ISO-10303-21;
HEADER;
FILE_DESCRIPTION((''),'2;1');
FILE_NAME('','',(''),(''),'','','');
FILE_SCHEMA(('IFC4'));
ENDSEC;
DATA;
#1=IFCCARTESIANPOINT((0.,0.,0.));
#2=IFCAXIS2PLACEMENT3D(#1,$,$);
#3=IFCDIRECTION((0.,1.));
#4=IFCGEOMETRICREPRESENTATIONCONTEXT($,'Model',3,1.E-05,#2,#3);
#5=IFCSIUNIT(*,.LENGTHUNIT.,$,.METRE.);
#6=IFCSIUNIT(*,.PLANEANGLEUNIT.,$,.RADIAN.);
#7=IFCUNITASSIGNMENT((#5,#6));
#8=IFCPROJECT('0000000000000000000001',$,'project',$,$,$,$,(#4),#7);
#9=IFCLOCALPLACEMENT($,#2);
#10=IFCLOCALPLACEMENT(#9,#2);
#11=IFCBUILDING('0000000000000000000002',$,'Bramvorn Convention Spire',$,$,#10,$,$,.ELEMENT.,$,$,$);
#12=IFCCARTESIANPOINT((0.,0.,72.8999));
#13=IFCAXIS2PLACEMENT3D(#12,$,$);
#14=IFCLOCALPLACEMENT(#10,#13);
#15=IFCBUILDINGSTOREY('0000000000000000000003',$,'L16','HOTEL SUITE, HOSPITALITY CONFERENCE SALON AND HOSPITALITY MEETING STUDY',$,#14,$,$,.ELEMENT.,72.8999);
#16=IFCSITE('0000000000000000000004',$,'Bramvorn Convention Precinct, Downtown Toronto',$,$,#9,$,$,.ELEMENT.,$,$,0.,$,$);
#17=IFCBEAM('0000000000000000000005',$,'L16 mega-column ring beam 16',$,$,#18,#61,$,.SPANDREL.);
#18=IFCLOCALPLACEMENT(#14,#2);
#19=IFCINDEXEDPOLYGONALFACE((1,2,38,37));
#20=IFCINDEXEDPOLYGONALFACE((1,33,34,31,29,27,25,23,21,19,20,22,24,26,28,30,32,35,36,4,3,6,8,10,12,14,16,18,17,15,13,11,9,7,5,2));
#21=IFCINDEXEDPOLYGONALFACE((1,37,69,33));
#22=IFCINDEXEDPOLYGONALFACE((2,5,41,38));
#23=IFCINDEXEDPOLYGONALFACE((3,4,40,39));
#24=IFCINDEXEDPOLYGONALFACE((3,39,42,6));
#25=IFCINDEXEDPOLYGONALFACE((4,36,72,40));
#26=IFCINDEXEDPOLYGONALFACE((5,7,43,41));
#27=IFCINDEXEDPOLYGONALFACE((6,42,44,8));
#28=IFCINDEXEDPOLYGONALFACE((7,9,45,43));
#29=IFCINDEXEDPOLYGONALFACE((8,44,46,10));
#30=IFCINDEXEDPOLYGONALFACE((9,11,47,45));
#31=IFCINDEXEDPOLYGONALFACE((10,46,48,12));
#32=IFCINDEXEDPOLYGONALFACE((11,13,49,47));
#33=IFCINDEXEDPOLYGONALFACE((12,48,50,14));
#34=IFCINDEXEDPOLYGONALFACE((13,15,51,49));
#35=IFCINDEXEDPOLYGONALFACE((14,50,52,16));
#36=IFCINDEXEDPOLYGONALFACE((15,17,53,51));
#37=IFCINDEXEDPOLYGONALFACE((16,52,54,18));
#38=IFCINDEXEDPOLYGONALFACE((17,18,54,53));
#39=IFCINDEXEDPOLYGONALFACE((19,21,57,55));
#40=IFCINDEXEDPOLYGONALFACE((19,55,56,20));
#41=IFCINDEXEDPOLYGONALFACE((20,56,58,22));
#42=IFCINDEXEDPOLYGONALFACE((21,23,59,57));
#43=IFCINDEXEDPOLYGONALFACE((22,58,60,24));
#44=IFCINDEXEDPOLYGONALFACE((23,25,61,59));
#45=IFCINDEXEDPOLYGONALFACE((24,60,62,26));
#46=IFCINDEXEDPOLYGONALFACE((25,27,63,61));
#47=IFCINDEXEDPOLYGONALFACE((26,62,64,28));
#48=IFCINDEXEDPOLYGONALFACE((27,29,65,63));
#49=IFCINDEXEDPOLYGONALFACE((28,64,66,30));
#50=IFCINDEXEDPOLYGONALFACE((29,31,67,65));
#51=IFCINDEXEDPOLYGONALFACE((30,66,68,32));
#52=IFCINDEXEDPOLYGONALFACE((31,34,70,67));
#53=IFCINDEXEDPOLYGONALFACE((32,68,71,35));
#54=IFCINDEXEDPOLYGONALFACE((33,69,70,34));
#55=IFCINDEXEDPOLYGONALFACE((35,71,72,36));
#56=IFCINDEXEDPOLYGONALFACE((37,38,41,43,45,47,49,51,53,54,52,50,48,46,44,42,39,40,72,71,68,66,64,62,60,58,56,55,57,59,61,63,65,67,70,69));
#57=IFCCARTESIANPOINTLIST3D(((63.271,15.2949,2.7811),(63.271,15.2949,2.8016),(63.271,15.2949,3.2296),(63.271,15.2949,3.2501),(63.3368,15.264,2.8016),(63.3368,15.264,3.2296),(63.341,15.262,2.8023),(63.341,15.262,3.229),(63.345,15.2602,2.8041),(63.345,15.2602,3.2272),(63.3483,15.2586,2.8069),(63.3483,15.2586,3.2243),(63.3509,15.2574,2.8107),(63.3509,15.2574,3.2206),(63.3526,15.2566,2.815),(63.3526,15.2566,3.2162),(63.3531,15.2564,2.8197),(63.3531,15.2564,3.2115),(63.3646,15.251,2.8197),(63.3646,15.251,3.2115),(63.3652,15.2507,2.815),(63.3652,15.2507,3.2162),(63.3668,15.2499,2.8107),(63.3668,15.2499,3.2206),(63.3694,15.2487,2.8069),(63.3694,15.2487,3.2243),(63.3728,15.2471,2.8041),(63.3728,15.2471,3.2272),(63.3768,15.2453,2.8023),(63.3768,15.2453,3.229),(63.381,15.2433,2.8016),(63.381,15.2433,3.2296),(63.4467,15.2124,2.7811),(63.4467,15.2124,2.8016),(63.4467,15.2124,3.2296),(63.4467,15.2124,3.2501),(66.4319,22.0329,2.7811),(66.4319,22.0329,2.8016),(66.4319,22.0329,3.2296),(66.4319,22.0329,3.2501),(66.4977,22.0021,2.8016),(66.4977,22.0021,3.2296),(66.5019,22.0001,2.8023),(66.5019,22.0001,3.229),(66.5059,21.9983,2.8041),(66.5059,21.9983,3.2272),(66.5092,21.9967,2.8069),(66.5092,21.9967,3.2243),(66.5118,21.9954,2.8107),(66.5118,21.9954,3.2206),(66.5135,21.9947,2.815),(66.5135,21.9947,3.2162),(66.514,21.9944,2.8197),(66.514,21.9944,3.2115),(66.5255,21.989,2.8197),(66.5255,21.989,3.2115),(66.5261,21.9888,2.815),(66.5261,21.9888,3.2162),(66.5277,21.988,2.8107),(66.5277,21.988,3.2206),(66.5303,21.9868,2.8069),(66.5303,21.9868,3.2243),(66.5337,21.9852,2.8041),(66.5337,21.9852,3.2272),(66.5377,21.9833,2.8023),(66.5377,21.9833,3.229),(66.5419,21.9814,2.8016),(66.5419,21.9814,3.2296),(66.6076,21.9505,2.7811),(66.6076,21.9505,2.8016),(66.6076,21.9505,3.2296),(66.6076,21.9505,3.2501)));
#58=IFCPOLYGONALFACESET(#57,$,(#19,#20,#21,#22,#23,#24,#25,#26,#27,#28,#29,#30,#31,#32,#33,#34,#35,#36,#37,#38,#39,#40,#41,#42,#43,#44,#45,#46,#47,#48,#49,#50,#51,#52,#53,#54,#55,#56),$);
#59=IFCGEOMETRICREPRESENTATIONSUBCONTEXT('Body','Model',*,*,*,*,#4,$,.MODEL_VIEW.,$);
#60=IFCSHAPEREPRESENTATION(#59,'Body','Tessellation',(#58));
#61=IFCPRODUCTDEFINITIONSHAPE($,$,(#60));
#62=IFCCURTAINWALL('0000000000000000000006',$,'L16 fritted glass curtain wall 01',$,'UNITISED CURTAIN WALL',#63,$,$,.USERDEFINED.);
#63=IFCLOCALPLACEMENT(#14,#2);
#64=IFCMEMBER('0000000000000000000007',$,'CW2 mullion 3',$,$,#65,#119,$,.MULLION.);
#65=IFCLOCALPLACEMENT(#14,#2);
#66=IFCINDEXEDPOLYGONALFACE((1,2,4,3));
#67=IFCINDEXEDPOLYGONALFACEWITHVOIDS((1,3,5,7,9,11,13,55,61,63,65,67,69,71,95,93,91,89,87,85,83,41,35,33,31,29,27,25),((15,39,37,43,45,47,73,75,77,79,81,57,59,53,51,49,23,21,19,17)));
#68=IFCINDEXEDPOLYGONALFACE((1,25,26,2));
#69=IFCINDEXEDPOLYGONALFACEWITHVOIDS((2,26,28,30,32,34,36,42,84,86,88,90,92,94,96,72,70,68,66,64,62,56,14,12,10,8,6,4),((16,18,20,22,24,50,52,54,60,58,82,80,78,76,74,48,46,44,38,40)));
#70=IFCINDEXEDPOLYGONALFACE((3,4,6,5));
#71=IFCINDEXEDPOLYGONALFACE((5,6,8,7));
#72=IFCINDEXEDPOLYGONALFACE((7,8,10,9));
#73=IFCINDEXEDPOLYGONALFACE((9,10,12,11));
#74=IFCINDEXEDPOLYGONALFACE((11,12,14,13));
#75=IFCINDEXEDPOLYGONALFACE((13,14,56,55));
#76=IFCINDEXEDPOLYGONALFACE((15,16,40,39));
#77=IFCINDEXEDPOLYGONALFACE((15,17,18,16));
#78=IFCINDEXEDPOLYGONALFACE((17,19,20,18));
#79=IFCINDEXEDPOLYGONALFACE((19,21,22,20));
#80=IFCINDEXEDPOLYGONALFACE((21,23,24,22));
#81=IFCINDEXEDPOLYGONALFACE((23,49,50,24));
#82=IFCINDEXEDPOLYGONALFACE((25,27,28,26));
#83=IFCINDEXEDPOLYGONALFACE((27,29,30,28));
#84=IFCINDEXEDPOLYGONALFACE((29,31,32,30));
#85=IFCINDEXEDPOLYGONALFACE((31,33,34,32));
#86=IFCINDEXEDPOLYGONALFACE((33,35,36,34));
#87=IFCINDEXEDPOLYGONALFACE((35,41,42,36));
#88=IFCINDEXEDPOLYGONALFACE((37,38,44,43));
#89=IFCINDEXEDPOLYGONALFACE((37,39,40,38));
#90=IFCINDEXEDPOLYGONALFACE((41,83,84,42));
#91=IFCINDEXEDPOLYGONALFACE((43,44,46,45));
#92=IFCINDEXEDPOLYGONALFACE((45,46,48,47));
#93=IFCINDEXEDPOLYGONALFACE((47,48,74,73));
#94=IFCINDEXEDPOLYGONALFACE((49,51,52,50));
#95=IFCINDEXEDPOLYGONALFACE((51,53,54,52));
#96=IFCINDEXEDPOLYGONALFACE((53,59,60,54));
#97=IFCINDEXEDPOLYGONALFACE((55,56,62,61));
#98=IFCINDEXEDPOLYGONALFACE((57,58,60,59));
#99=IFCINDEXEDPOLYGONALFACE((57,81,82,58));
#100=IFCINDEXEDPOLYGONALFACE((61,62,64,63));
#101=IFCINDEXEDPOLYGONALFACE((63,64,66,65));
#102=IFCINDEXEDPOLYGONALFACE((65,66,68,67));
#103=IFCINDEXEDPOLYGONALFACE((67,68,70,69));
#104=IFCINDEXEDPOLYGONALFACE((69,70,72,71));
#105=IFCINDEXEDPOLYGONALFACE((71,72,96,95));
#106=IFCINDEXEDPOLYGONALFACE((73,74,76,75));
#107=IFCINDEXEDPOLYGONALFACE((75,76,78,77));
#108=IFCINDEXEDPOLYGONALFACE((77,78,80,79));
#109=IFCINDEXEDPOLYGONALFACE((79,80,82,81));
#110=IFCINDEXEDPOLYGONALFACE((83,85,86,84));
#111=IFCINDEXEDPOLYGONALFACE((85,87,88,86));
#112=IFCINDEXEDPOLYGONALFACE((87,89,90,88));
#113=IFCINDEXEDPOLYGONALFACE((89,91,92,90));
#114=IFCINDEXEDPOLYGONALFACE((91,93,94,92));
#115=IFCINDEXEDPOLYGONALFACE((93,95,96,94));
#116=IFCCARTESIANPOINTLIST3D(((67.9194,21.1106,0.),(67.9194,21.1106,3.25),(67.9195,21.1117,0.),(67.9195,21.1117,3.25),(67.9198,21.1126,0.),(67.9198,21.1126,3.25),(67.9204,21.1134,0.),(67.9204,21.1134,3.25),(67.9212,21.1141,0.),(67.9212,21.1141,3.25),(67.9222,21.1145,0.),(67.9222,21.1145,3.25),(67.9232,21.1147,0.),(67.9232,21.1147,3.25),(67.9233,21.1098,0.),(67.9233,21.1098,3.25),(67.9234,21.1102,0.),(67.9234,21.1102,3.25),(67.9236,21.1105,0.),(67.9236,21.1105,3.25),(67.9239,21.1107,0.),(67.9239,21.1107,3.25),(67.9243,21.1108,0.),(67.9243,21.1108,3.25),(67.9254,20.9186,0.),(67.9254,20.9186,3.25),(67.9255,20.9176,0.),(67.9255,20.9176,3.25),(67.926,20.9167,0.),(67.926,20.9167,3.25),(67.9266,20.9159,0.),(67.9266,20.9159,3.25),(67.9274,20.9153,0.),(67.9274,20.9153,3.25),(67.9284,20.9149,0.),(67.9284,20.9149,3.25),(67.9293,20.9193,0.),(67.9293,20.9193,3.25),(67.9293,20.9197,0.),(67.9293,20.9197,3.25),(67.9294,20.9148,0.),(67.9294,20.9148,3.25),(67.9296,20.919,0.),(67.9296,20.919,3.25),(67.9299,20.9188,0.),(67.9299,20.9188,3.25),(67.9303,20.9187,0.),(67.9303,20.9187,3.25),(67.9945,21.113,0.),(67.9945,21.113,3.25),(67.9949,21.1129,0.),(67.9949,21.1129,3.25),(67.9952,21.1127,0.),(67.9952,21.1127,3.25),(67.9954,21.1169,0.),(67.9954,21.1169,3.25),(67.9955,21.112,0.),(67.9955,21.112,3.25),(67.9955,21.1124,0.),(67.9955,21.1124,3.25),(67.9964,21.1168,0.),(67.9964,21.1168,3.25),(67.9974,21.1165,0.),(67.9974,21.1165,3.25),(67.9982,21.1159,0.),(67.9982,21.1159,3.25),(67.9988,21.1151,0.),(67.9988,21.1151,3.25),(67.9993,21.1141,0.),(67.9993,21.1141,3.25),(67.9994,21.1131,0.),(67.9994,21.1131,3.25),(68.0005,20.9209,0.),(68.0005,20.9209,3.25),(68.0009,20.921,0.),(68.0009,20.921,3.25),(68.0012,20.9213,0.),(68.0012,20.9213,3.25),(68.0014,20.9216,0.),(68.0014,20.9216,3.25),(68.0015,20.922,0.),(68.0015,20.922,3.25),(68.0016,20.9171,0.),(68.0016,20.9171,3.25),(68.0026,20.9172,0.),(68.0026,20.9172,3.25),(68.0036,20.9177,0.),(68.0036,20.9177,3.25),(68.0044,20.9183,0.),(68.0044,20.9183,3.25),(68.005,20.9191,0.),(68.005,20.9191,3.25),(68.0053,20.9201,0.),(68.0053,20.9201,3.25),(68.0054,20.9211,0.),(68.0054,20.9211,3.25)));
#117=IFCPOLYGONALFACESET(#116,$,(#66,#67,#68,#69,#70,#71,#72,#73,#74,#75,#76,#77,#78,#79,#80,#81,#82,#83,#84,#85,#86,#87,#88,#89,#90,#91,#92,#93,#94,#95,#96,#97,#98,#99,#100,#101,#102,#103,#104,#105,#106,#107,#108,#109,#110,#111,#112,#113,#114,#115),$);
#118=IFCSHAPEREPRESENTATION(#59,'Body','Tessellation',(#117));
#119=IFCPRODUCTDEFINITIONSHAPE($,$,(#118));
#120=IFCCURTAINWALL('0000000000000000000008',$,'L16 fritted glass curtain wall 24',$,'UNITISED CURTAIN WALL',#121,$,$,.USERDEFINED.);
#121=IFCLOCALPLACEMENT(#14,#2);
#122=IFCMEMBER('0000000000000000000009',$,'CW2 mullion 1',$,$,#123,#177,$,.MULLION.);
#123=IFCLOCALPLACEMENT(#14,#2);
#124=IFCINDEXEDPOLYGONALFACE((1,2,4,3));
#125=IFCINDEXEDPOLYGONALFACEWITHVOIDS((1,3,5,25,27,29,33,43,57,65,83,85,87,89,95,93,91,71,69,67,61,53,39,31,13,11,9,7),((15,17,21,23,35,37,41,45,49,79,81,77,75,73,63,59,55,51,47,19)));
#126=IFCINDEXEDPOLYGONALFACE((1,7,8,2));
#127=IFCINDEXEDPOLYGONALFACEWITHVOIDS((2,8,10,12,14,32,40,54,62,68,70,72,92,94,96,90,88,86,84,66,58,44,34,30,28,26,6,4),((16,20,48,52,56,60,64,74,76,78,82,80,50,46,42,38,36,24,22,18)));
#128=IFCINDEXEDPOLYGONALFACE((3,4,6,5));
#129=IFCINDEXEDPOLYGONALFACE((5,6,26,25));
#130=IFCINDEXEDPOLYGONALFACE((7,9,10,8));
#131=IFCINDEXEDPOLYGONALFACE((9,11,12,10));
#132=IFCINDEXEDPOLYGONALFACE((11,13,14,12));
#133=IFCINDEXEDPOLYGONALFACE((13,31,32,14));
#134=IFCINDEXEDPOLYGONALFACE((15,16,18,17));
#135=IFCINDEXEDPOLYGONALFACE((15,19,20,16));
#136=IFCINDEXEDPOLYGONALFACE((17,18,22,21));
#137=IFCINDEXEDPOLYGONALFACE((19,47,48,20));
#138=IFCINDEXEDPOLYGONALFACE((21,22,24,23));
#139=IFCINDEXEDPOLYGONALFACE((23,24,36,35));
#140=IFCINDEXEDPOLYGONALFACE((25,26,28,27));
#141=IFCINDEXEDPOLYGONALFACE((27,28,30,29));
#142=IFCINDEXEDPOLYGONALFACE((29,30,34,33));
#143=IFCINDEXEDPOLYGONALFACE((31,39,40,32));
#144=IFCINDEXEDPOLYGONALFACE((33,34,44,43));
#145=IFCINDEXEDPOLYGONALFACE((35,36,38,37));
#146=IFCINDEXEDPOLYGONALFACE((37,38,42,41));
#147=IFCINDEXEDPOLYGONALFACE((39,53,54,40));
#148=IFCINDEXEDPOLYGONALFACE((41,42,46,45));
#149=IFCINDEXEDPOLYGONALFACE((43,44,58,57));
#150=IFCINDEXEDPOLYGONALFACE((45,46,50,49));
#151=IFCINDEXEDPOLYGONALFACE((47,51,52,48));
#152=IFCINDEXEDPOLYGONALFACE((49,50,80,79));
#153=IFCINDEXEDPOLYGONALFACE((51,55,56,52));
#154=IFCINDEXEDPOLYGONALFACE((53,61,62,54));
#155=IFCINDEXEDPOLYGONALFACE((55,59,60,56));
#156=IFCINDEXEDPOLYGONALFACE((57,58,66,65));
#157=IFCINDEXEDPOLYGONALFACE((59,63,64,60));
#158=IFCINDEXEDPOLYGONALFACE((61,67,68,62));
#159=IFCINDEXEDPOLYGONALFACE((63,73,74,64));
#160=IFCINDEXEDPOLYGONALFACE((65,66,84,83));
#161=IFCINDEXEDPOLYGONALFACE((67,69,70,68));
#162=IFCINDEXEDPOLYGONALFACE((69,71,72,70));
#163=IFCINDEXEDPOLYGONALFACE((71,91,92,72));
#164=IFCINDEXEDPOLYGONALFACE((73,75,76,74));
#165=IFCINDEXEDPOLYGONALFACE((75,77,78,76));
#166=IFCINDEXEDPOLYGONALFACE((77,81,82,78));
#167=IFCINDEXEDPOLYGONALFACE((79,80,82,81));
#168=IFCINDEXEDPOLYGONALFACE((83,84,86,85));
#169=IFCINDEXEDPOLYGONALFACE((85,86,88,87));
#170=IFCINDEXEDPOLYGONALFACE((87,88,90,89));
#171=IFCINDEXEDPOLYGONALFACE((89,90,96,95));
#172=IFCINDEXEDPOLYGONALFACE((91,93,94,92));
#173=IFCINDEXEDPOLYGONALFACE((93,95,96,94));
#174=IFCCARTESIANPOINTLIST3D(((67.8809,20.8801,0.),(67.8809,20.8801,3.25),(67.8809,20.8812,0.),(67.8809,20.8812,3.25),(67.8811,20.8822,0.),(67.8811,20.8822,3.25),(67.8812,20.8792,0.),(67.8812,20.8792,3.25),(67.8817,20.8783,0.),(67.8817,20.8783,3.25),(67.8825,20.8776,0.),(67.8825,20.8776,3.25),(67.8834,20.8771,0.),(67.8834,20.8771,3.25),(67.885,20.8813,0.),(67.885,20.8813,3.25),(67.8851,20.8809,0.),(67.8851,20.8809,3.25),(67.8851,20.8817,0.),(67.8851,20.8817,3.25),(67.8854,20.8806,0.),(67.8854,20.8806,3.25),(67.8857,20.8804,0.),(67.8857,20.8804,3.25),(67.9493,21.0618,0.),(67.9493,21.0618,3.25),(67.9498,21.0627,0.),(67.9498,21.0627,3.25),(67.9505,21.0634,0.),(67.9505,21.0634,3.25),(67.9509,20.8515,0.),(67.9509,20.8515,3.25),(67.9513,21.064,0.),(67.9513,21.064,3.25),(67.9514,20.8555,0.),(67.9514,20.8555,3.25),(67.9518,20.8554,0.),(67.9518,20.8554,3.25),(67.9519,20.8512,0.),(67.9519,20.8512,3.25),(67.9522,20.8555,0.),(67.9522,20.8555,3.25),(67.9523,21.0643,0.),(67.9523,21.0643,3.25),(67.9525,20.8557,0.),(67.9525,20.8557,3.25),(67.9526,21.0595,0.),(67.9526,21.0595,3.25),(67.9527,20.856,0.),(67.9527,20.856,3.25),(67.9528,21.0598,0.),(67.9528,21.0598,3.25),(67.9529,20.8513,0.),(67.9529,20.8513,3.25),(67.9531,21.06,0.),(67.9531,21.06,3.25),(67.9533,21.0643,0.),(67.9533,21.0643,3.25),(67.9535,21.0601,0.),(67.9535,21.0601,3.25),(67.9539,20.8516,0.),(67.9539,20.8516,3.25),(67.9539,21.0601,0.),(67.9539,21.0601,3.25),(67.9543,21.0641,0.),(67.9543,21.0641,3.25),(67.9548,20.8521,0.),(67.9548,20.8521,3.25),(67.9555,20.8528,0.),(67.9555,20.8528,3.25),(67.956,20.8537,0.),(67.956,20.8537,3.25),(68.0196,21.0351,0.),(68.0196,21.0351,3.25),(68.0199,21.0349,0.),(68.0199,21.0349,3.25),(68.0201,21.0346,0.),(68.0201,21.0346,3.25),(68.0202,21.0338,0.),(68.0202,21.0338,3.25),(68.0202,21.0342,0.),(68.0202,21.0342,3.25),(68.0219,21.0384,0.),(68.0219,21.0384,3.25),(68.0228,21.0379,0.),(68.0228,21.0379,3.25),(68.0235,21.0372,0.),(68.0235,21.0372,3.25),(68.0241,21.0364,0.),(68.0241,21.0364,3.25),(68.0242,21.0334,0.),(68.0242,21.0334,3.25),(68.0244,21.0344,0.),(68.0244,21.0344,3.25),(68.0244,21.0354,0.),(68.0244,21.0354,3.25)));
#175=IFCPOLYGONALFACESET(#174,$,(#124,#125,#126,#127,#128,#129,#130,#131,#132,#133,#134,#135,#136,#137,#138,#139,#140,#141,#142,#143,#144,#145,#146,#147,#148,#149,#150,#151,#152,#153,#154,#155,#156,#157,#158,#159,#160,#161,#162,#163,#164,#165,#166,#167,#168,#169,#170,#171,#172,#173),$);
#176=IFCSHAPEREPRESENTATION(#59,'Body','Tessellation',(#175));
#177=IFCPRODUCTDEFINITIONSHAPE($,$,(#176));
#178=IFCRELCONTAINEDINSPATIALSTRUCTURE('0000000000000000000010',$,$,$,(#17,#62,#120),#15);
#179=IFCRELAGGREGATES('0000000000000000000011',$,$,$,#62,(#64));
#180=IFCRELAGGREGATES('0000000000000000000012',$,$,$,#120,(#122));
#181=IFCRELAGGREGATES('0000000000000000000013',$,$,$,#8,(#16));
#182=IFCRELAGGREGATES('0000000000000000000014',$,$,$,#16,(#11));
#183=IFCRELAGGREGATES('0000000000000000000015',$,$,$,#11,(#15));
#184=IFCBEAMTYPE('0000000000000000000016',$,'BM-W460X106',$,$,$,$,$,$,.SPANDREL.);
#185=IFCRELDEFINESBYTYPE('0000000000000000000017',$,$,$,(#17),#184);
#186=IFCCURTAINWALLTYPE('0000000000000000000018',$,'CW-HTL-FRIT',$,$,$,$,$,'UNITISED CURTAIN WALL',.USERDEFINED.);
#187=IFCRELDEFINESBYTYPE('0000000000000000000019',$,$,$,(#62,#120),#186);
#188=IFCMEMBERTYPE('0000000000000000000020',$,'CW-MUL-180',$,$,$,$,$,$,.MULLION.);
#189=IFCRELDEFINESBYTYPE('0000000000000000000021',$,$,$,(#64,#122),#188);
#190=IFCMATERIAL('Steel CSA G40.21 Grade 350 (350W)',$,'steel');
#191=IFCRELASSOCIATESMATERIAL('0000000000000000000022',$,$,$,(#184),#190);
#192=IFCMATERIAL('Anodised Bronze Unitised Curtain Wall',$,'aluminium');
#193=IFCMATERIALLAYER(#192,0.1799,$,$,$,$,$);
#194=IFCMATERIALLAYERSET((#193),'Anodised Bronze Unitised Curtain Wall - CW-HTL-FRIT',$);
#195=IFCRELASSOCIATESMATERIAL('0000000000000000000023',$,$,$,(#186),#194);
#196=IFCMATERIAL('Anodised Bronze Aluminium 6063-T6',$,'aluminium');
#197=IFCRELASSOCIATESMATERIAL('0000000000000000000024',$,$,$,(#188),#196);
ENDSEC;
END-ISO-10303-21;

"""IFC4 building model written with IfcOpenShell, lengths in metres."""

from ifc_helpers import new_model, si_unit, direction, frame, origin, origin_2d, place, context, subcontext, project, spatial, hollow_rectangle, i_section, extrude, material, layer, layer_set, material_profile, profile_set, type_object, element, aggregate, save


model = new_model("IFC4")

# Units and contexts
model_context = context("Model", 3, precision=1e-05, world=origin(), true_north=direction((0.0, 1.0)))
body_context = subcontext(model_context, "Body", "Model", "MODEL_VIEW")
ifc_project = project(units=[si_unit("LENGTHUNIT", "METRE"), si_unit("PLANEANGLEUNIT", "RADIAN")], contexts=[model_context])

# Site, building, storey
site_placement = place(None, origin())
site = spatial("IfcSite", under=ifc_project, at=site_placement, Name="Bramvorn Convention Precinct, Downtown Toronto", CompositionType="ELEMENT", RefElevation=0.0)
building_placement = place(site_placement, origin())
building = spatial("IfcBuilding", under=site, at=building_placement, Name="Bramvorn Convention Spire", CompositionType="ELEMENT")
storey_placement = place(building_placement, frame((0.0, 0.0, 72.8999)))
storey = spatial("IfcBuildingStorey", under=building, at=storey_placement, Name="L16", Description="HOTEL SUITE, HOSPITALITY CONFERENCE SALON AND HOSPITALITY MEETING STUDY", CompositionType="ELEMENT", Elevation=72.8999)

# Shared definitions
ifc_material_1 = material(Name="Steel CSA G40.21 Grade 350 (350W)", Category="steel")

# Beam
ifc_material_profile_1 = material_profile(ifc_material_1, i_section(OverallWidth=0.1941, OverallDepth=0.469, WebThickness=0.0127, FlangeThickness=0.0205, FilletRadius=0.0181, at=origin_2d()))
ifc_profile_set_1 = profile_set([ifc_material_profile_1], Name="Steel CSA G40.21 Grade 350 (350W) - W460X106")
beam_type_1 = type_object("IfcBeamType", Name="BM-W460X106", PredefinedType="SPANDREL", material=ifc_profile_set_1)
beam_1_placement = place(storey_placement, frame((63.3589, 15.2537, 3.0156), z_axis=(0.424702, 0.905333, 0.0), x_axis=(-0.905333, 0.424702, 0.0)))
element("IfcBeam", 1, at=beam_1_placement, inside=storey, type_object=beam_type_1, Name="L16 mega-column ring beam 16", PredefinedType="SPANDREL", context=body_context, shape_type="SweptSolid", body=[
    extrude(i_section(OverallWidth=0.1941, OverallDepth=0.469, WebThickness=0.0127, FlangeThickness=0.0205, FilletRadius=0.0181, at=origin_2d()), origin(), (0.0, 0.0, 1.0), 7.4426),
])

# Curtain wall, member
ifc_material_2 = material(Name="Anodised Bronze Unitised Curtain Wall", Category="aluminium")
ifc_layer_1 = layer(ifc_material_2, 0.1799)
ifc_layer_set_1 = layer_set([ifc_layer_1], Name="Anodised Bronze Unitised Curtain Wall - CW-HTL-FRIT")
curtain_wall_type = type_object("IfcCurtainWallType", Name="CW-HTL-FRIT", ElementType="UNITISED CURTAIN WALL", PredefinedType="USERDEFINED", material=ifc_layer_set_1)
curtain_wall_1_placement = place(storey_placement, origin())
curtain_wall_1 = element("IfcCurtainWall", 2, at=curtain_wall_1_placement, inside=storey, type_object=curtain_wall_type, Name="L16 fritted glass curtain wall 01", ObjectType="UNITISED CURTAIN WALL", PredefinedType="USERDEFINED")
ifc_material_3 = material(Name="Anodised Bronze Aluminium 6063-T6", Category="aluminium")
ifc_material_profile_2 = material_profile(ifc_material_3, hollow_rectangle(XDim=0.0801, YDim=0.2, WallThickness=0.0039, InnerFilletRadius=0.001, OuterFilletRadius=0.0039, at=origin_2d()))
ifc_profile_set_2 = profile_set([ifc_material_profile_2], Name="Anodised Bronze Aluminium 6063-T6 - CWM80X200")
member_type_1 = type_object("IfcMemberType", Name="CW-MUL-180", PredefinedType="MULLION", material=ifc_profile_set_2)
member_1_placement = place(storey_placement, frame((67.9624, 21.0159, 0.0), z_axis=(0.0, 0.0, 1.0), x_axis=(0.999513, 0.031215, 0.0)))
member_1 = element("IfcMember", 3, at=member_1_placement, type_object=member_type_1, Name="CW2 mullion 3", PredefinedType="MULLION", context=body_context, shape_type="SweptSolid", body=[
    extrude(hollow_rectangle(XDim=0.0801, YDim=0.2, WallThickness=0.0039, InnerFilletRadius=0.001, OuterFilletRadius=0.0039, at=origin_2d()), origin(), (0.0, 0.0, 1.0), 3.25),
])

# Curtain wall, member
curtain_wall_2_placement = place(storey_placement, origin())
curtain_wall_2 = element("IfcCurtainWall", 4, at=curtain_wall_2_placement, inside=storey, type_object=curtain_wall_type, Name="L16 fritted glass curtain wall 24", ObjectType="UNITISED CURTAIN WALL", PredefinedType="USERDEFINED")
member_2_placement = place(storey_placement, frame((67.9526, 20.9578, 0.0), z_axis=(0.0, 0.0, 1.0), x_axis=(0.934901, -0.354908, 0.0)))
member_2 = element("IfcMember", 5, at=member_2_placement, type_object=member_type_1, Name="CW2 mullion 1", PredefinedType="MULLION", context=body_context, shape_type="SweptSolid", body=[
    extrude(hollow_rectangle(XDim=0.0801, YDim=0.2, WallThickness=0.0039, InnerFilletRadius=0.001, OuterFilletRadius=0.0039, at=origin_2d()), origin(), (0.0, 0.0, 1.0), 3.25),
])

aggregate(curtain_wall_1, [member_1])
aggregate(curtain_wall_2, [member_2])

save(model, "model.ifc")
